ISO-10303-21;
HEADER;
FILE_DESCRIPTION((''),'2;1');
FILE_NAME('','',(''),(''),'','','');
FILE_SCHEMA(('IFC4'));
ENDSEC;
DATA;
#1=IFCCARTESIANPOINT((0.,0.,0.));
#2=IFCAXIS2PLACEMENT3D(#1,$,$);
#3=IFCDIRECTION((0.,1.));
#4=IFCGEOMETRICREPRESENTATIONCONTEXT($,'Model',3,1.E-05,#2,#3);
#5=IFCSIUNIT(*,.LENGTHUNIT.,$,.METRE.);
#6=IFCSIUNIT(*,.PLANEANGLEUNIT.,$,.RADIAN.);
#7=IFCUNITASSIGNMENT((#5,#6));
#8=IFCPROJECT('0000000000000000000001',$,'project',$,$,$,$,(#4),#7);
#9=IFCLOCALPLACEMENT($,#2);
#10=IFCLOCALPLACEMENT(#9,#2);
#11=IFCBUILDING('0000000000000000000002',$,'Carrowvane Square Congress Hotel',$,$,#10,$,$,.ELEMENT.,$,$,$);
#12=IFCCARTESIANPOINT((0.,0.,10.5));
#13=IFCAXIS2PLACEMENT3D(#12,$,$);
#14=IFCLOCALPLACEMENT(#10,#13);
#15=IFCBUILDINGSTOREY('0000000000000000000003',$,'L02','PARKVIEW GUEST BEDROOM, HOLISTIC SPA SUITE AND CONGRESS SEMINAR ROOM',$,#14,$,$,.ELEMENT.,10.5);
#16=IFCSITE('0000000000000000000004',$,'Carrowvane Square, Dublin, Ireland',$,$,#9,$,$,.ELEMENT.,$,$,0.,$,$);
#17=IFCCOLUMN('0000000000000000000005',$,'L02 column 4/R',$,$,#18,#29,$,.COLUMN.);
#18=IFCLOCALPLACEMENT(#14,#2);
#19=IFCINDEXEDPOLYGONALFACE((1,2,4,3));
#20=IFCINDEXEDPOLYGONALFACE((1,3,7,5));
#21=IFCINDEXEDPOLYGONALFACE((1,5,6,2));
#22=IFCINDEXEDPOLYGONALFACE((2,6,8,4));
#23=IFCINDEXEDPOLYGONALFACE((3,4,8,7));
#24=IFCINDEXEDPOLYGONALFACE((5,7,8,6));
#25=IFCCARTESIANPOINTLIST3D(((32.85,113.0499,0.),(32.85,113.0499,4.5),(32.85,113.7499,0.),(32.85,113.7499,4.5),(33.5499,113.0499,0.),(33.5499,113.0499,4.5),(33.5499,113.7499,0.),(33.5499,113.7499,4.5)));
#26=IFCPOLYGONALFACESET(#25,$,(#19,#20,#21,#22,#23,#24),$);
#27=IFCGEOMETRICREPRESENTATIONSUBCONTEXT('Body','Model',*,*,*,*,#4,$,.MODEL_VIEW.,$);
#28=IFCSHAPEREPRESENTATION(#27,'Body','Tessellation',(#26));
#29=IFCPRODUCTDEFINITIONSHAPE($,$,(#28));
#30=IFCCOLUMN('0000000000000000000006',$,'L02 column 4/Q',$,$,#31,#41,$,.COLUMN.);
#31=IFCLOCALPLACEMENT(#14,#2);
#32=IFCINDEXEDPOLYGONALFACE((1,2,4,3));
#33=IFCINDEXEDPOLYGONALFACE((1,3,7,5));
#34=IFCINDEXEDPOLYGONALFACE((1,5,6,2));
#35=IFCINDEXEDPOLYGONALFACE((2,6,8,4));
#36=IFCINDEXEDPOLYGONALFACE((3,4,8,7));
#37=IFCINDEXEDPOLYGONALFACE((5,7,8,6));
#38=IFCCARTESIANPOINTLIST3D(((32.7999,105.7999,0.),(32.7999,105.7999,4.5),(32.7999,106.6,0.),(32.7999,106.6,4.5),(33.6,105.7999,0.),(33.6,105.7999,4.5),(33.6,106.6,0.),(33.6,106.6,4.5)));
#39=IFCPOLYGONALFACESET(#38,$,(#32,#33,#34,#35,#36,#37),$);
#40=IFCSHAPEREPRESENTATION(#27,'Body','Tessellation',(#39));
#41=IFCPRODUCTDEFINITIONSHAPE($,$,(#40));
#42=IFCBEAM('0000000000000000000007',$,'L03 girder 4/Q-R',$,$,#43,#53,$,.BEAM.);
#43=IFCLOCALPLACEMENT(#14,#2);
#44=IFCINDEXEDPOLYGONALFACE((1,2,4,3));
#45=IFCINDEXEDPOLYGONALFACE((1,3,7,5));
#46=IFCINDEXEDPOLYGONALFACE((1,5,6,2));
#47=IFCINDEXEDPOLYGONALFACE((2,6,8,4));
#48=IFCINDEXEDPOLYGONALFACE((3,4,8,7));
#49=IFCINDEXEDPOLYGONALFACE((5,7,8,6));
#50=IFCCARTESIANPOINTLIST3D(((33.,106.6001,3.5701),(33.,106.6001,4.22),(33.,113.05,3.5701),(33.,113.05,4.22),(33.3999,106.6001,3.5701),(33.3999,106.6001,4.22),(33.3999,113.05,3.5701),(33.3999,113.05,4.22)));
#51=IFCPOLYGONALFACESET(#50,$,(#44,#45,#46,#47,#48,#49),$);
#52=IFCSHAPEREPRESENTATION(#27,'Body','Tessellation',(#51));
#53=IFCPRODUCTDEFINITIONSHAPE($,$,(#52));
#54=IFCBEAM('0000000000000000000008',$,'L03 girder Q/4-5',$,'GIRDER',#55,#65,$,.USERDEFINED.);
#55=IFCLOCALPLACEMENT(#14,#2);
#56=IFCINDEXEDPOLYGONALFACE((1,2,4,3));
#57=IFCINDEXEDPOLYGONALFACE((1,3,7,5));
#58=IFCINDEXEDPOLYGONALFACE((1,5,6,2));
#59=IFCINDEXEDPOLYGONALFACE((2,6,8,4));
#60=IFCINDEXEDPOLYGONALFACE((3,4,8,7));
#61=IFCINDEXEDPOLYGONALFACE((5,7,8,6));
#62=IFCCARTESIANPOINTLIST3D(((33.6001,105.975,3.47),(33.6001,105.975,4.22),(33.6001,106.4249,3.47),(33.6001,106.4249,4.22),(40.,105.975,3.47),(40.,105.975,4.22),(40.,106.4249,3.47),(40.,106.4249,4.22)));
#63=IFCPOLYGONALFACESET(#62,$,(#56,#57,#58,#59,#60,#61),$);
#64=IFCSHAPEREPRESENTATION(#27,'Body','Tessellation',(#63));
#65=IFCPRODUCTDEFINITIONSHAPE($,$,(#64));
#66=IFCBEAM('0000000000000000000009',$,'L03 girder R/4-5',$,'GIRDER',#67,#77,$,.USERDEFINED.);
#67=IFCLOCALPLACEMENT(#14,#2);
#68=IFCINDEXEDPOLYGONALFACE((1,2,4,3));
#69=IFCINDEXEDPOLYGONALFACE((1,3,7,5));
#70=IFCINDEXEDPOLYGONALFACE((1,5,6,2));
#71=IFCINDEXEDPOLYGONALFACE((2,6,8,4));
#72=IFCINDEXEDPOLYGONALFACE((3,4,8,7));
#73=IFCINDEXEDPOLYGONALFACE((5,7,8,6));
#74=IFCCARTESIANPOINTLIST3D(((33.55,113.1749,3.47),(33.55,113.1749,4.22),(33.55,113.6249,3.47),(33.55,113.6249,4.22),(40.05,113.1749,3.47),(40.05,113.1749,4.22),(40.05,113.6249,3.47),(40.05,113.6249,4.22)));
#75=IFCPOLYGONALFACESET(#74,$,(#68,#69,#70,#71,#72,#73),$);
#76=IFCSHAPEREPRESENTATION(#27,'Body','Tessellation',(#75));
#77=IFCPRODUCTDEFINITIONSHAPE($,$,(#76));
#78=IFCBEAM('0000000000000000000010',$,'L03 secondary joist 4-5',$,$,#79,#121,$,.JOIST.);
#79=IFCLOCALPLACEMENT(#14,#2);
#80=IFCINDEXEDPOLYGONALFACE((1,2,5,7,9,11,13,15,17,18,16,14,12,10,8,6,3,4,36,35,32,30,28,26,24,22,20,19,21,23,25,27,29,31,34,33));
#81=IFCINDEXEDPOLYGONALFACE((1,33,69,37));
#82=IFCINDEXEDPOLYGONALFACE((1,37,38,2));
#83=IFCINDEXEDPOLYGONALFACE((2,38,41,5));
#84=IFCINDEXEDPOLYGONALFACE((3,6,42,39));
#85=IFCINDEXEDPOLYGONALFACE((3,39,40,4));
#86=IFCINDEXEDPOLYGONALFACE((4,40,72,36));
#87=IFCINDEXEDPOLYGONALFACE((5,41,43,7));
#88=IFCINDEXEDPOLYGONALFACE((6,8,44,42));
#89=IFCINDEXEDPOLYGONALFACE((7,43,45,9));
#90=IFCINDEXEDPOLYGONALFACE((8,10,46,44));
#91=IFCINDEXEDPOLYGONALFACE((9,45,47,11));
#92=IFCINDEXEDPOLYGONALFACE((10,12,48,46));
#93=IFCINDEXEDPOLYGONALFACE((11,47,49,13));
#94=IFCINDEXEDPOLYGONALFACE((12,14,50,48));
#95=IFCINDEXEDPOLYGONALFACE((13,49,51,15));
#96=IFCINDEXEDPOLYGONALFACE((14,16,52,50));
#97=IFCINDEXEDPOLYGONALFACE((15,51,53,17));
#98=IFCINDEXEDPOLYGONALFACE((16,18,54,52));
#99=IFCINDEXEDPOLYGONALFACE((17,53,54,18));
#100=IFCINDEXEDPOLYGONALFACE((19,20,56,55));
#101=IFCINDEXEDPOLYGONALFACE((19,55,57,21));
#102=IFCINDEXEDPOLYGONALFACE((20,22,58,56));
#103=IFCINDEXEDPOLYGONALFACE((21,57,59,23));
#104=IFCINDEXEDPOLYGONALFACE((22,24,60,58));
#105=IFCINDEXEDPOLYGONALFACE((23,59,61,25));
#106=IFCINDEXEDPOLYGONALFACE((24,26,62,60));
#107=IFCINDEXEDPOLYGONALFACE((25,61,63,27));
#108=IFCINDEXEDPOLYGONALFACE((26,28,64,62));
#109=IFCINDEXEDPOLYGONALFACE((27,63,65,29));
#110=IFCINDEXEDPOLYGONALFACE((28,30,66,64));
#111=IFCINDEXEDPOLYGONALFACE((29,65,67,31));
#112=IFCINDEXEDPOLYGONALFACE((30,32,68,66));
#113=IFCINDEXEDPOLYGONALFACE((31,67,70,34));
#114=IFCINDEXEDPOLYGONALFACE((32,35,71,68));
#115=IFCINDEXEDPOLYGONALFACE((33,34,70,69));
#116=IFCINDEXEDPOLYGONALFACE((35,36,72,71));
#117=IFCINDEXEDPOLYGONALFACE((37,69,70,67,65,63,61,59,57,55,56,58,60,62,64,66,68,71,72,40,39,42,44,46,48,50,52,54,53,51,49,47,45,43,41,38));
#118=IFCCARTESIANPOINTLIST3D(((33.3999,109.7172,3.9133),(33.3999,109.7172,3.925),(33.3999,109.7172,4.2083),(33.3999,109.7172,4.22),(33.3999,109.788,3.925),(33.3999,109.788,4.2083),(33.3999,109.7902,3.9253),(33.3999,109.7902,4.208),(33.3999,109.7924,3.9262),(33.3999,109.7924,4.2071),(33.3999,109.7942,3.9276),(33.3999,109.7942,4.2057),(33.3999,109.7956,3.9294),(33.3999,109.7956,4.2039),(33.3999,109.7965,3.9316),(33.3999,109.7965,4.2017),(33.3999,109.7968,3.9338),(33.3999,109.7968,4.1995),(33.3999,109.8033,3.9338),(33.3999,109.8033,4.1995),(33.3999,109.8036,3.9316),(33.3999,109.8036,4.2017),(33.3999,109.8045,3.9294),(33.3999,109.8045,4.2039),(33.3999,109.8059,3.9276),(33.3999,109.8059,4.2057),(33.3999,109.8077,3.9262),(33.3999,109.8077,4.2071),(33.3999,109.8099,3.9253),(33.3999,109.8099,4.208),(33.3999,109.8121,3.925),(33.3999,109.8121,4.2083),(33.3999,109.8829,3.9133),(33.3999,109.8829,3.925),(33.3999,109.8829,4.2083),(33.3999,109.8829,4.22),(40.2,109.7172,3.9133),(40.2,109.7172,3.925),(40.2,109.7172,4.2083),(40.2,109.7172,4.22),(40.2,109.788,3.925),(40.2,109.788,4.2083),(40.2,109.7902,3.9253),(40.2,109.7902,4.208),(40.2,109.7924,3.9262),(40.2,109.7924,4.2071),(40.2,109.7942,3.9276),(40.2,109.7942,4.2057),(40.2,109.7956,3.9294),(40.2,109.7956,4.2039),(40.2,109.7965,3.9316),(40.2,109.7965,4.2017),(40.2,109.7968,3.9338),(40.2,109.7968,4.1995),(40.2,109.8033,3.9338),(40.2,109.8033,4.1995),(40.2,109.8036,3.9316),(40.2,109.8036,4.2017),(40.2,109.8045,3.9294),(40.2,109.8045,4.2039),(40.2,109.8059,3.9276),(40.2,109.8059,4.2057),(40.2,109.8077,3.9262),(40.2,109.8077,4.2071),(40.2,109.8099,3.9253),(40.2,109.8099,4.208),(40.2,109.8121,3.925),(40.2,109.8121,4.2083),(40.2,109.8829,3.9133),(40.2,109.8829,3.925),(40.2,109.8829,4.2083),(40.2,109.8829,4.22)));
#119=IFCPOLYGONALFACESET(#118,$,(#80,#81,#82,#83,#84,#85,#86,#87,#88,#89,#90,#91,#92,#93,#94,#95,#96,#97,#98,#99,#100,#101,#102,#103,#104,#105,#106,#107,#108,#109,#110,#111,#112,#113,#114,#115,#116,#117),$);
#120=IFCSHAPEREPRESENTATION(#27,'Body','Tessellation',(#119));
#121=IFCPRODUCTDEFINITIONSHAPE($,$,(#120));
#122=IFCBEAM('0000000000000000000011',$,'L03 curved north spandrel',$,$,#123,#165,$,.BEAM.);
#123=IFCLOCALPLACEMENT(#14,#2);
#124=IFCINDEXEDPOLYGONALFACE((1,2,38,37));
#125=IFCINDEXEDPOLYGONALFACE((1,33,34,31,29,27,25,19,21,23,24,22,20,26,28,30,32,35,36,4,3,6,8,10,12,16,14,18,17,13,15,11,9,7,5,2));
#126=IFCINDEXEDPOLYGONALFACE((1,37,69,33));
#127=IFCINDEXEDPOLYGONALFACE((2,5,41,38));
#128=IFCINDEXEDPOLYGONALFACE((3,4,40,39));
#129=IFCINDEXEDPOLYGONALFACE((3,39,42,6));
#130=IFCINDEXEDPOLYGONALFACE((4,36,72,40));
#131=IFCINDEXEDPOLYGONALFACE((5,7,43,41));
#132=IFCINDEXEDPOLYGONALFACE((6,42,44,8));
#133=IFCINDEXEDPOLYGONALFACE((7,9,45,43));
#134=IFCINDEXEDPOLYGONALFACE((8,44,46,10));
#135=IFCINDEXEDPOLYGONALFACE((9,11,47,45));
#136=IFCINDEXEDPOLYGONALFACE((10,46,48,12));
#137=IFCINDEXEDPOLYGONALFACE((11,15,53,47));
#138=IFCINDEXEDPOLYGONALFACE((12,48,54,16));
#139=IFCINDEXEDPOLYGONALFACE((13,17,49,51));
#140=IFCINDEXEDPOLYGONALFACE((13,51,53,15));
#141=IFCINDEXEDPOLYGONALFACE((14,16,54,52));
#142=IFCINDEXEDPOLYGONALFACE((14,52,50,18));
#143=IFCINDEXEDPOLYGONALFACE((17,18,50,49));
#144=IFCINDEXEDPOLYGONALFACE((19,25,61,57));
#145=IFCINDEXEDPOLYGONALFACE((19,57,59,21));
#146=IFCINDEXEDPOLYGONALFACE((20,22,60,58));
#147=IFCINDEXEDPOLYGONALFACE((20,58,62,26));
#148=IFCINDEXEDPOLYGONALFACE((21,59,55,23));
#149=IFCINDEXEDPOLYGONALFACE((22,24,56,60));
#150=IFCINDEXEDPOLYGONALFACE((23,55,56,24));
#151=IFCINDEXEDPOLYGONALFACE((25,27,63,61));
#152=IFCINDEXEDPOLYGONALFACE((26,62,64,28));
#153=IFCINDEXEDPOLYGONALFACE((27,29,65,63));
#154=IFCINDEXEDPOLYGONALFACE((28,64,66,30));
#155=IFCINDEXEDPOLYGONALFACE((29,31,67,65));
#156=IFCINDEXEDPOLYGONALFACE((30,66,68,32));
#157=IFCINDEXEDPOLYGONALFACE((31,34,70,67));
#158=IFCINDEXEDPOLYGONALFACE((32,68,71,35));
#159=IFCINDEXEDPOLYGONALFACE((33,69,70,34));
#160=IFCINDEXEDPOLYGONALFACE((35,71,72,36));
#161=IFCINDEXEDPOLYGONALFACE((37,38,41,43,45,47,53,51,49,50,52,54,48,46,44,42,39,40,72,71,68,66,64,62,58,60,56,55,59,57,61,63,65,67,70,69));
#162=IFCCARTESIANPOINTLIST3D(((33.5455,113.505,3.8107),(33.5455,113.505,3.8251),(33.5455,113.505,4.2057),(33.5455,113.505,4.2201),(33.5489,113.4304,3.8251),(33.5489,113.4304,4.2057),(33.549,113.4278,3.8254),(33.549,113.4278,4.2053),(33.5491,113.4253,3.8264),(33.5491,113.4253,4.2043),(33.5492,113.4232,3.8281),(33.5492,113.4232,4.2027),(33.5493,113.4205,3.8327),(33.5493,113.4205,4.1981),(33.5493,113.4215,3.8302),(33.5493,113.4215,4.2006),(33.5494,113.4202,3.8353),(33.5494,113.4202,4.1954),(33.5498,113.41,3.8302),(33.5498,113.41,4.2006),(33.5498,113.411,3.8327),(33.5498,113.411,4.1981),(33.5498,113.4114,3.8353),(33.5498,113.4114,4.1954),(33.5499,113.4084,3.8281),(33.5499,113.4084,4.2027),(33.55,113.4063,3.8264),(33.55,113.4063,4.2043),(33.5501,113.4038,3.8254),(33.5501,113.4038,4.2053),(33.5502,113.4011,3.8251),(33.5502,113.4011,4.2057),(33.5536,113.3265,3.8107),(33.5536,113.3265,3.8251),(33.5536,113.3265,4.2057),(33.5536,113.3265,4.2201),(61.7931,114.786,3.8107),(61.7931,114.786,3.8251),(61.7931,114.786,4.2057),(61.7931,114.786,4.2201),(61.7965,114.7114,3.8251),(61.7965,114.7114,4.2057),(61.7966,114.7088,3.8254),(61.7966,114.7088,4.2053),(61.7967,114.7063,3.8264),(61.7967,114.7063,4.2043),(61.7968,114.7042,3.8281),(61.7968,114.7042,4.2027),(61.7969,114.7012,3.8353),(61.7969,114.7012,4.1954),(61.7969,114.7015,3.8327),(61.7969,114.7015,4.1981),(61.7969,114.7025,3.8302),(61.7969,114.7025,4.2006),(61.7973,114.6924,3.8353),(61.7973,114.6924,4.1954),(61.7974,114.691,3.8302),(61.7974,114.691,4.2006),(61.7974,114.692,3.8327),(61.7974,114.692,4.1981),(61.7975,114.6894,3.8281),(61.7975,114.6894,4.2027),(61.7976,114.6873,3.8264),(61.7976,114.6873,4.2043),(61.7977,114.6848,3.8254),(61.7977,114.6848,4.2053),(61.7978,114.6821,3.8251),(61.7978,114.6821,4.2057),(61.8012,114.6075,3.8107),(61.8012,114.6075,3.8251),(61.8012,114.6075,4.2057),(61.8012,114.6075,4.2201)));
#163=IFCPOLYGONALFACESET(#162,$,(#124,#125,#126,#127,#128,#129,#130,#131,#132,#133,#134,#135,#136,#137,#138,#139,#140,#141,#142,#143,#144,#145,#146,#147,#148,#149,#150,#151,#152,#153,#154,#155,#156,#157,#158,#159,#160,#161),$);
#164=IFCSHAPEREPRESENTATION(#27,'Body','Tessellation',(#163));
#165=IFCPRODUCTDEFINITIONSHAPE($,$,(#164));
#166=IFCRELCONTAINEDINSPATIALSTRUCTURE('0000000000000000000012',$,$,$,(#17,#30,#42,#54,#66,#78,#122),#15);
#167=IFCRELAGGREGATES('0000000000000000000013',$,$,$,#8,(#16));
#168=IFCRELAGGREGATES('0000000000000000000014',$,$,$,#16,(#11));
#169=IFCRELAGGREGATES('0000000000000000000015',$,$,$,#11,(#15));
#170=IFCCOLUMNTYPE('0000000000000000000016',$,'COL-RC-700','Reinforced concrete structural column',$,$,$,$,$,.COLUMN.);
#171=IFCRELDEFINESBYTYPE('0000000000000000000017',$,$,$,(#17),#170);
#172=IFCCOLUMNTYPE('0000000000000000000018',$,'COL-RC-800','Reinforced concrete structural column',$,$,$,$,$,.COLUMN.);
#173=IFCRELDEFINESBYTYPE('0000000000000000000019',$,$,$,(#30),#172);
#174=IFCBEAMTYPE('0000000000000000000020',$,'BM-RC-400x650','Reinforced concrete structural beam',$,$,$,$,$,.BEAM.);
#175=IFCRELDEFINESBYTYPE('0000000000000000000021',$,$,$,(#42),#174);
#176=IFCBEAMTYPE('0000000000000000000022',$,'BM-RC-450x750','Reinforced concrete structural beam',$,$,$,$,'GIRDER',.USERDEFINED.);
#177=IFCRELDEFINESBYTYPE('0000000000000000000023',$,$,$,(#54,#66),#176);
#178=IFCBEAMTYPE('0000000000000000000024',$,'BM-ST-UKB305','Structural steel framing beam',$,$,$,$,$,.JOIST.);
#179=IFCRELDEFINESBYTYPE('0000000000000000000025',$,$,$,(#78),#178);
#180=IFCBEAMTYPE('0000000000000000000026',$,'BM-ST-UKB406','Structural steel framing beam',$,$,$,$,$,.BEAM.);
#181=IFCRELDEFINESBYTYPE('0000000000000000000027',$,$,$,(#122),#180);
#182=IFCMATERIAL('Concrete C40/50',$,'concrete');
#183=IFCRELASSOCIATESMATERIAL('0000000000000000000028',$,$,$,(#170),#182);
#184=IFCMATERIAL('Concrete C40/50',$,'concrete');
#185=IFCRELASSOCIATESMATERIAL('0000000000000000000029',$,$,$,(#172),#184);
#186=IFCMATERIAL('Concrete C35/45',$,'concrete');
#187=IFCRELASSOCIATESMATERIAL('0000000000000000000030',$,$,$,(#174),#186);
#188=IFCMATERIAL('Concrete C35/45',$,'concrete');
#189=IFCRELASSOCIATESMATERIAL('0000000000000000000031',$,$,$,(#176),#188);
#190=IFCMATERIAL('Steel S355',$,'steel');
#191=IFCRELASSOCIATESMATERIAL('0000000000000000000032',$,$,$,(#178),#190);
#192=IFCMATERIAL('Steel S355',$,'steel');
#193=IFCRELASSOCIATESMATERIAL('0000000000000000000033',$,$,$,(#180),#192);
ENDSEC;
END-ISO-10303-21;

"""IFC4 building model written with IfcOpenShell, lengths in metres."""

from ifc_helpers import new_model, si_unit, direction, frame, origin, origin_2d, place, context, subcontext, project, spatial, rectangle, i_section, extrude, material, material_profile, profile_set, type_object, element, save


model = new_model("IFC4")

# Units and contexts
model_context = context("Model", 3, precision=1e-05, world=origin(), true_north=direction((0.0, 1.0)))
body_context = subcontext(model_context, "Body", "Model", "MODEL_VIEW")
ifc_project = project(units=[si_unit("LENGTHUNIT", "METRE"), si_unit("PLANEANGLEUNIT", "RADIAN")], contexts=[model_context])

# Site, building, storey
site_placement = place(None, origin())
site = spatial("IfcSite", under=ifc_project, at=site_placement, Name="Carrowvane Square, Dublin, Ireland", CompositionType="ELEMENT", RefElevation=0.0)
building_placement = place(site_placement, origin())
building = spatial("IfcBuilding", under=site, at=building_placement, Name="Carrowvane Square Congress Hotel", CompositionType="ELEMENT")
storey_placement = place(building_placement, frame((0.0, 0.0, 10.5)))
storey = spatial("IfcBuildingStorey", under=building, at=storey_placement, Name="L02", Description="PARKVIEW GUEST BEDROOM, HOLISTIC SPA SUITE AND CONGRESS SEMINAR ROOM", CompositionType="ELEMENT", Elevation=10.5)

# Columns
ifc_material_1 = material(Name="Concrete C40/50", Category="concrete")
ifc_material_profile_1 = material_profile(ifc_material_1, rectangle(XDim=0.7, YDim=0.7, at=origin_2d()), Name="RC 700x700")
ifc_profile_set_1 = profile_set([ifc_material_profile_1], Name="Concrete C40/50")
column_type_1 = type_object("IfcColumnType", Name="COL-RC-700", Description="Reinforced concrete structural column", PredefinedType="COLUMN", material=ifc_profile_set_1)
column_1_placement = place(storey_placement, frame((33.2, 113.3999, 0.0), z_axis=(0.0, 0.0, 1.0), x_axis=(1.0, 0.0, 0.0)))
element("IfcColumn", 1, at=column_1_placement, inside=storey, type_object=column_type_1, Name="L02 column 4/R", PredefinedType="COLUMN", context=body_context, shape_type="SweptSolid", body=[
    extrude(rectangle(XDim=0.7, YDim=0.7, at=origin_2d()), origin(), (0.0, 0.0, 1.0), 4.5),
])
ifc_material_2 = material(Name="Concrete C40/50", Category="concrete")
ifc_material_profile_2 = material_profile(ifc_material_2, rectangle(XDim=0.8, YDim=0.8, at=origin_2d()), Name="RC 800x800")
ifc_profile_set_2 = profile_set([ifc_material_profile_2], Name="Concrete C40/50")
column_type_2 = type_object("IfcColumnType", Name="COL-RC-800", Description="Reinforced concrete structural column", PredefinedType="COLUMN", material=ifc_profile_set_2)
column_2_placement = place(storey_placement, frame((33.2, 106.2, 0.0), z_axis=(0.0, 0.0, 1.0), x_axis=(1.0, 0.0, 0.0)))
element("IfcColumn", 2, at=column_2_placement, inside=storey, type_object=column_type_2, Name="L02 column 4/Q", PredefinedType="COLUMN", context=body_context, shape_type="SweptSolid", body=[
    extrude(rectangle(XDim=0.8, YDim=0.8, at=origin_2d()), origin(), (0.0, 0.0, 1.0), 4.5),
])

# Beams
ifc_material_3 = material(Name="Concrete C35/45", Category="concrete")
ifc_material_profile_3 = material_profile(ifc_material_3, rectangle(XDim=0.3999, YDim=0.6499, at=origin_2d()), Name="RC 400x650")
ifc_profile_set_3 = profile_set([ifc_material_profile_3], Name="Concrete C35/45")
beam_type_1 = type_object("IfcBeamType", Name="BM-RC-400x650", Description="Reinforced concrete structural beam", PredefinedType="BEAM", material=ifc_profile_set_3)
beam_1_placement = place(storey_placement, frame((33.2, 106.6001, 3.895), z_axis=(0.0, 1.0, 0.0), x_axis=(-1.0, 0.0, 0.0)))
element("IfcBeam", 3, at=beam_1_placement, inside=storey, type_object=beam_type_1, Name="L03 girder 4/Q-R", PredefinedType="BEAM", context=body_context, shape_type="SweptSolid", body=[
    extrude(rectangle(XDim=0.3999, YDim=0.6499, at=origin_2d()), origin(), (0.0, 0.0, 1.0), 6.45),
])
ifc_material_4 = material(Name="Concrete C35/45", Category="concrete")
ifc_material_profile_4 = material_profile(ifc_material_4, rectangle(XDim=0.45, YDim=0.75, at=origin_2d()), Name="RC 450x750")
ifc_profile_set_4 = profile_set([ifc_material_profile_4], Name="Concrete C35/45")
beam_type_2 = type_object("IfcBeamType", Name="BM-RC-450x750", Description="Reinforced concrete structural beam", ElementType="GIRDER", PredefinedType="USERDEFINED", material=ifc_profile_set_4)
beam_2_placement = place(storey_placement, frame((33.6001, 106.2, 3.845), z_axis=(1.0, 0.0, 0.0), x_axis=(0.0, 1.0, 0.0)))
element("IfcBeam", 4, at=beam_2_placement, inside=storey, type_object=beam_type_2, Name="L03 girder Q/4-5", ObjectType="GIRDER", PredefinedType="USERDEFINED", context=body_context, shape_type="SweptSolid", body=[
    extrude(rectangle(XDim=0.45, YDim=0.75, at=origin_2d()), origin(), (0.0, 0.0, 1.0), 6.3999),
])
beam_3_placement = place(storey_placement, frame((33.55, 113.3999, 3.845), z_axis=(1.0, 0.0, 0.0), x_axis=(0.0, 1.0, 0.0)))
element("IfcBeam", 5, at=beam_3_placement, inside=storey, type_object=beam_type_2, Name="L03 girder R/4-5", ObjectType="GIRDER", PredefinedType="USERDEFINED", context=body_context, shape_type="SweptSolid", body=[
    extrude(rectangle(XDim=0.45, YDim=0.75, at=origin_2d()), origin(), (0.0, 0.0, 1.0), 6.5),
])
ifc_material_5 = material(Name="Steel S355", Category="steel")
ifc_material_profile_5 = material_profile(ifc_material_5, i_section(OverallWidth=0.1658, OverallDepth=0.3066, WebThickness=0.0066, FlangeThickness=0.0117, FilletRadius=0.0088, at=origin_2d()), Name="UKB 305x165x46")
ifc_profile_set_5 = profile_set([ifc_material_profile_5], Name="Steel S355")
beam_type_3 = type_object("IfcBeamType", Name="BM-ST-UKB305", Description="Structural steel framing beam", PredefinedType="JOIST", material=ifc_profile_set_5)
beam_4_placement = place(storey_placement, frame((33.3999, 109.8, 4.0667), z_axis=(1.0, 0.0, 0.0), x_axis=(0.0, 1.0, 0.0)))
element("IfcBeam", 6, at=beam_4_placement, inside=storey, type_object=beam_type_3, Name="L03 secondary joist 4-5", PredefinedType="JOIST", context=body_context, shape_type="SweptSolid", body=[
    extrude(i_section(OverallWidth=0.1658, OverallDepth=0.3066, WebThickness=0.0066, FlangeThickness=0.0117, FilletRadius=0.0088, at=origin_2d()), origin(), (0.0, 0.0, 1.0), 6.8),
])
ifc_material_6 = material(Name="Steel S355", Category="steel")
ifc_material_profile_6 = material_profile(ifc_material_6, i_section(OverallWidth=0.1787, OverallDepth=0.4094, WebThickness=0.0088, FlangeThickness=0.0144, FilletRadius=0.0103, at=origin_2d()), Name="UKB 406x178x67")
ifc_profile_set_6 = profile_set([ifc_material_profile_6], Name="Steel S355")
beam_type_4 = type_object("IfcBeamType", Name="BM-ST-UKB406", Description="Structural steel framing beam", PredefinedType="BEAM", material=ifc_profile_set_6)
beam_5_placement = place(storey_placement, frame((33.5496, 113.4158, 4.0154), z_axis=(0.998973, 0.045303, 0.0), x_axis=(-0.045303, 0.998973, 0.0)))
element("IfcBeam", 7, at=beam_5_placement, inside=storey, type_object=beam_type_4, Name="L03 curved north spandrel", PredefinedType="BEAM", context=body_context, shape_type="SweptSolid", body=[
    extrude(i_section(OverallWidth=0.1787, OverallDepth=0.4094, WebThickness=0.0088, FlangeThickness=0.0144, FilletRadius=0.0103, at=origin_2d()), origin(), (0.0, 0.0, 1.0), 28.2766),
])

save(model, "model.ifc")
